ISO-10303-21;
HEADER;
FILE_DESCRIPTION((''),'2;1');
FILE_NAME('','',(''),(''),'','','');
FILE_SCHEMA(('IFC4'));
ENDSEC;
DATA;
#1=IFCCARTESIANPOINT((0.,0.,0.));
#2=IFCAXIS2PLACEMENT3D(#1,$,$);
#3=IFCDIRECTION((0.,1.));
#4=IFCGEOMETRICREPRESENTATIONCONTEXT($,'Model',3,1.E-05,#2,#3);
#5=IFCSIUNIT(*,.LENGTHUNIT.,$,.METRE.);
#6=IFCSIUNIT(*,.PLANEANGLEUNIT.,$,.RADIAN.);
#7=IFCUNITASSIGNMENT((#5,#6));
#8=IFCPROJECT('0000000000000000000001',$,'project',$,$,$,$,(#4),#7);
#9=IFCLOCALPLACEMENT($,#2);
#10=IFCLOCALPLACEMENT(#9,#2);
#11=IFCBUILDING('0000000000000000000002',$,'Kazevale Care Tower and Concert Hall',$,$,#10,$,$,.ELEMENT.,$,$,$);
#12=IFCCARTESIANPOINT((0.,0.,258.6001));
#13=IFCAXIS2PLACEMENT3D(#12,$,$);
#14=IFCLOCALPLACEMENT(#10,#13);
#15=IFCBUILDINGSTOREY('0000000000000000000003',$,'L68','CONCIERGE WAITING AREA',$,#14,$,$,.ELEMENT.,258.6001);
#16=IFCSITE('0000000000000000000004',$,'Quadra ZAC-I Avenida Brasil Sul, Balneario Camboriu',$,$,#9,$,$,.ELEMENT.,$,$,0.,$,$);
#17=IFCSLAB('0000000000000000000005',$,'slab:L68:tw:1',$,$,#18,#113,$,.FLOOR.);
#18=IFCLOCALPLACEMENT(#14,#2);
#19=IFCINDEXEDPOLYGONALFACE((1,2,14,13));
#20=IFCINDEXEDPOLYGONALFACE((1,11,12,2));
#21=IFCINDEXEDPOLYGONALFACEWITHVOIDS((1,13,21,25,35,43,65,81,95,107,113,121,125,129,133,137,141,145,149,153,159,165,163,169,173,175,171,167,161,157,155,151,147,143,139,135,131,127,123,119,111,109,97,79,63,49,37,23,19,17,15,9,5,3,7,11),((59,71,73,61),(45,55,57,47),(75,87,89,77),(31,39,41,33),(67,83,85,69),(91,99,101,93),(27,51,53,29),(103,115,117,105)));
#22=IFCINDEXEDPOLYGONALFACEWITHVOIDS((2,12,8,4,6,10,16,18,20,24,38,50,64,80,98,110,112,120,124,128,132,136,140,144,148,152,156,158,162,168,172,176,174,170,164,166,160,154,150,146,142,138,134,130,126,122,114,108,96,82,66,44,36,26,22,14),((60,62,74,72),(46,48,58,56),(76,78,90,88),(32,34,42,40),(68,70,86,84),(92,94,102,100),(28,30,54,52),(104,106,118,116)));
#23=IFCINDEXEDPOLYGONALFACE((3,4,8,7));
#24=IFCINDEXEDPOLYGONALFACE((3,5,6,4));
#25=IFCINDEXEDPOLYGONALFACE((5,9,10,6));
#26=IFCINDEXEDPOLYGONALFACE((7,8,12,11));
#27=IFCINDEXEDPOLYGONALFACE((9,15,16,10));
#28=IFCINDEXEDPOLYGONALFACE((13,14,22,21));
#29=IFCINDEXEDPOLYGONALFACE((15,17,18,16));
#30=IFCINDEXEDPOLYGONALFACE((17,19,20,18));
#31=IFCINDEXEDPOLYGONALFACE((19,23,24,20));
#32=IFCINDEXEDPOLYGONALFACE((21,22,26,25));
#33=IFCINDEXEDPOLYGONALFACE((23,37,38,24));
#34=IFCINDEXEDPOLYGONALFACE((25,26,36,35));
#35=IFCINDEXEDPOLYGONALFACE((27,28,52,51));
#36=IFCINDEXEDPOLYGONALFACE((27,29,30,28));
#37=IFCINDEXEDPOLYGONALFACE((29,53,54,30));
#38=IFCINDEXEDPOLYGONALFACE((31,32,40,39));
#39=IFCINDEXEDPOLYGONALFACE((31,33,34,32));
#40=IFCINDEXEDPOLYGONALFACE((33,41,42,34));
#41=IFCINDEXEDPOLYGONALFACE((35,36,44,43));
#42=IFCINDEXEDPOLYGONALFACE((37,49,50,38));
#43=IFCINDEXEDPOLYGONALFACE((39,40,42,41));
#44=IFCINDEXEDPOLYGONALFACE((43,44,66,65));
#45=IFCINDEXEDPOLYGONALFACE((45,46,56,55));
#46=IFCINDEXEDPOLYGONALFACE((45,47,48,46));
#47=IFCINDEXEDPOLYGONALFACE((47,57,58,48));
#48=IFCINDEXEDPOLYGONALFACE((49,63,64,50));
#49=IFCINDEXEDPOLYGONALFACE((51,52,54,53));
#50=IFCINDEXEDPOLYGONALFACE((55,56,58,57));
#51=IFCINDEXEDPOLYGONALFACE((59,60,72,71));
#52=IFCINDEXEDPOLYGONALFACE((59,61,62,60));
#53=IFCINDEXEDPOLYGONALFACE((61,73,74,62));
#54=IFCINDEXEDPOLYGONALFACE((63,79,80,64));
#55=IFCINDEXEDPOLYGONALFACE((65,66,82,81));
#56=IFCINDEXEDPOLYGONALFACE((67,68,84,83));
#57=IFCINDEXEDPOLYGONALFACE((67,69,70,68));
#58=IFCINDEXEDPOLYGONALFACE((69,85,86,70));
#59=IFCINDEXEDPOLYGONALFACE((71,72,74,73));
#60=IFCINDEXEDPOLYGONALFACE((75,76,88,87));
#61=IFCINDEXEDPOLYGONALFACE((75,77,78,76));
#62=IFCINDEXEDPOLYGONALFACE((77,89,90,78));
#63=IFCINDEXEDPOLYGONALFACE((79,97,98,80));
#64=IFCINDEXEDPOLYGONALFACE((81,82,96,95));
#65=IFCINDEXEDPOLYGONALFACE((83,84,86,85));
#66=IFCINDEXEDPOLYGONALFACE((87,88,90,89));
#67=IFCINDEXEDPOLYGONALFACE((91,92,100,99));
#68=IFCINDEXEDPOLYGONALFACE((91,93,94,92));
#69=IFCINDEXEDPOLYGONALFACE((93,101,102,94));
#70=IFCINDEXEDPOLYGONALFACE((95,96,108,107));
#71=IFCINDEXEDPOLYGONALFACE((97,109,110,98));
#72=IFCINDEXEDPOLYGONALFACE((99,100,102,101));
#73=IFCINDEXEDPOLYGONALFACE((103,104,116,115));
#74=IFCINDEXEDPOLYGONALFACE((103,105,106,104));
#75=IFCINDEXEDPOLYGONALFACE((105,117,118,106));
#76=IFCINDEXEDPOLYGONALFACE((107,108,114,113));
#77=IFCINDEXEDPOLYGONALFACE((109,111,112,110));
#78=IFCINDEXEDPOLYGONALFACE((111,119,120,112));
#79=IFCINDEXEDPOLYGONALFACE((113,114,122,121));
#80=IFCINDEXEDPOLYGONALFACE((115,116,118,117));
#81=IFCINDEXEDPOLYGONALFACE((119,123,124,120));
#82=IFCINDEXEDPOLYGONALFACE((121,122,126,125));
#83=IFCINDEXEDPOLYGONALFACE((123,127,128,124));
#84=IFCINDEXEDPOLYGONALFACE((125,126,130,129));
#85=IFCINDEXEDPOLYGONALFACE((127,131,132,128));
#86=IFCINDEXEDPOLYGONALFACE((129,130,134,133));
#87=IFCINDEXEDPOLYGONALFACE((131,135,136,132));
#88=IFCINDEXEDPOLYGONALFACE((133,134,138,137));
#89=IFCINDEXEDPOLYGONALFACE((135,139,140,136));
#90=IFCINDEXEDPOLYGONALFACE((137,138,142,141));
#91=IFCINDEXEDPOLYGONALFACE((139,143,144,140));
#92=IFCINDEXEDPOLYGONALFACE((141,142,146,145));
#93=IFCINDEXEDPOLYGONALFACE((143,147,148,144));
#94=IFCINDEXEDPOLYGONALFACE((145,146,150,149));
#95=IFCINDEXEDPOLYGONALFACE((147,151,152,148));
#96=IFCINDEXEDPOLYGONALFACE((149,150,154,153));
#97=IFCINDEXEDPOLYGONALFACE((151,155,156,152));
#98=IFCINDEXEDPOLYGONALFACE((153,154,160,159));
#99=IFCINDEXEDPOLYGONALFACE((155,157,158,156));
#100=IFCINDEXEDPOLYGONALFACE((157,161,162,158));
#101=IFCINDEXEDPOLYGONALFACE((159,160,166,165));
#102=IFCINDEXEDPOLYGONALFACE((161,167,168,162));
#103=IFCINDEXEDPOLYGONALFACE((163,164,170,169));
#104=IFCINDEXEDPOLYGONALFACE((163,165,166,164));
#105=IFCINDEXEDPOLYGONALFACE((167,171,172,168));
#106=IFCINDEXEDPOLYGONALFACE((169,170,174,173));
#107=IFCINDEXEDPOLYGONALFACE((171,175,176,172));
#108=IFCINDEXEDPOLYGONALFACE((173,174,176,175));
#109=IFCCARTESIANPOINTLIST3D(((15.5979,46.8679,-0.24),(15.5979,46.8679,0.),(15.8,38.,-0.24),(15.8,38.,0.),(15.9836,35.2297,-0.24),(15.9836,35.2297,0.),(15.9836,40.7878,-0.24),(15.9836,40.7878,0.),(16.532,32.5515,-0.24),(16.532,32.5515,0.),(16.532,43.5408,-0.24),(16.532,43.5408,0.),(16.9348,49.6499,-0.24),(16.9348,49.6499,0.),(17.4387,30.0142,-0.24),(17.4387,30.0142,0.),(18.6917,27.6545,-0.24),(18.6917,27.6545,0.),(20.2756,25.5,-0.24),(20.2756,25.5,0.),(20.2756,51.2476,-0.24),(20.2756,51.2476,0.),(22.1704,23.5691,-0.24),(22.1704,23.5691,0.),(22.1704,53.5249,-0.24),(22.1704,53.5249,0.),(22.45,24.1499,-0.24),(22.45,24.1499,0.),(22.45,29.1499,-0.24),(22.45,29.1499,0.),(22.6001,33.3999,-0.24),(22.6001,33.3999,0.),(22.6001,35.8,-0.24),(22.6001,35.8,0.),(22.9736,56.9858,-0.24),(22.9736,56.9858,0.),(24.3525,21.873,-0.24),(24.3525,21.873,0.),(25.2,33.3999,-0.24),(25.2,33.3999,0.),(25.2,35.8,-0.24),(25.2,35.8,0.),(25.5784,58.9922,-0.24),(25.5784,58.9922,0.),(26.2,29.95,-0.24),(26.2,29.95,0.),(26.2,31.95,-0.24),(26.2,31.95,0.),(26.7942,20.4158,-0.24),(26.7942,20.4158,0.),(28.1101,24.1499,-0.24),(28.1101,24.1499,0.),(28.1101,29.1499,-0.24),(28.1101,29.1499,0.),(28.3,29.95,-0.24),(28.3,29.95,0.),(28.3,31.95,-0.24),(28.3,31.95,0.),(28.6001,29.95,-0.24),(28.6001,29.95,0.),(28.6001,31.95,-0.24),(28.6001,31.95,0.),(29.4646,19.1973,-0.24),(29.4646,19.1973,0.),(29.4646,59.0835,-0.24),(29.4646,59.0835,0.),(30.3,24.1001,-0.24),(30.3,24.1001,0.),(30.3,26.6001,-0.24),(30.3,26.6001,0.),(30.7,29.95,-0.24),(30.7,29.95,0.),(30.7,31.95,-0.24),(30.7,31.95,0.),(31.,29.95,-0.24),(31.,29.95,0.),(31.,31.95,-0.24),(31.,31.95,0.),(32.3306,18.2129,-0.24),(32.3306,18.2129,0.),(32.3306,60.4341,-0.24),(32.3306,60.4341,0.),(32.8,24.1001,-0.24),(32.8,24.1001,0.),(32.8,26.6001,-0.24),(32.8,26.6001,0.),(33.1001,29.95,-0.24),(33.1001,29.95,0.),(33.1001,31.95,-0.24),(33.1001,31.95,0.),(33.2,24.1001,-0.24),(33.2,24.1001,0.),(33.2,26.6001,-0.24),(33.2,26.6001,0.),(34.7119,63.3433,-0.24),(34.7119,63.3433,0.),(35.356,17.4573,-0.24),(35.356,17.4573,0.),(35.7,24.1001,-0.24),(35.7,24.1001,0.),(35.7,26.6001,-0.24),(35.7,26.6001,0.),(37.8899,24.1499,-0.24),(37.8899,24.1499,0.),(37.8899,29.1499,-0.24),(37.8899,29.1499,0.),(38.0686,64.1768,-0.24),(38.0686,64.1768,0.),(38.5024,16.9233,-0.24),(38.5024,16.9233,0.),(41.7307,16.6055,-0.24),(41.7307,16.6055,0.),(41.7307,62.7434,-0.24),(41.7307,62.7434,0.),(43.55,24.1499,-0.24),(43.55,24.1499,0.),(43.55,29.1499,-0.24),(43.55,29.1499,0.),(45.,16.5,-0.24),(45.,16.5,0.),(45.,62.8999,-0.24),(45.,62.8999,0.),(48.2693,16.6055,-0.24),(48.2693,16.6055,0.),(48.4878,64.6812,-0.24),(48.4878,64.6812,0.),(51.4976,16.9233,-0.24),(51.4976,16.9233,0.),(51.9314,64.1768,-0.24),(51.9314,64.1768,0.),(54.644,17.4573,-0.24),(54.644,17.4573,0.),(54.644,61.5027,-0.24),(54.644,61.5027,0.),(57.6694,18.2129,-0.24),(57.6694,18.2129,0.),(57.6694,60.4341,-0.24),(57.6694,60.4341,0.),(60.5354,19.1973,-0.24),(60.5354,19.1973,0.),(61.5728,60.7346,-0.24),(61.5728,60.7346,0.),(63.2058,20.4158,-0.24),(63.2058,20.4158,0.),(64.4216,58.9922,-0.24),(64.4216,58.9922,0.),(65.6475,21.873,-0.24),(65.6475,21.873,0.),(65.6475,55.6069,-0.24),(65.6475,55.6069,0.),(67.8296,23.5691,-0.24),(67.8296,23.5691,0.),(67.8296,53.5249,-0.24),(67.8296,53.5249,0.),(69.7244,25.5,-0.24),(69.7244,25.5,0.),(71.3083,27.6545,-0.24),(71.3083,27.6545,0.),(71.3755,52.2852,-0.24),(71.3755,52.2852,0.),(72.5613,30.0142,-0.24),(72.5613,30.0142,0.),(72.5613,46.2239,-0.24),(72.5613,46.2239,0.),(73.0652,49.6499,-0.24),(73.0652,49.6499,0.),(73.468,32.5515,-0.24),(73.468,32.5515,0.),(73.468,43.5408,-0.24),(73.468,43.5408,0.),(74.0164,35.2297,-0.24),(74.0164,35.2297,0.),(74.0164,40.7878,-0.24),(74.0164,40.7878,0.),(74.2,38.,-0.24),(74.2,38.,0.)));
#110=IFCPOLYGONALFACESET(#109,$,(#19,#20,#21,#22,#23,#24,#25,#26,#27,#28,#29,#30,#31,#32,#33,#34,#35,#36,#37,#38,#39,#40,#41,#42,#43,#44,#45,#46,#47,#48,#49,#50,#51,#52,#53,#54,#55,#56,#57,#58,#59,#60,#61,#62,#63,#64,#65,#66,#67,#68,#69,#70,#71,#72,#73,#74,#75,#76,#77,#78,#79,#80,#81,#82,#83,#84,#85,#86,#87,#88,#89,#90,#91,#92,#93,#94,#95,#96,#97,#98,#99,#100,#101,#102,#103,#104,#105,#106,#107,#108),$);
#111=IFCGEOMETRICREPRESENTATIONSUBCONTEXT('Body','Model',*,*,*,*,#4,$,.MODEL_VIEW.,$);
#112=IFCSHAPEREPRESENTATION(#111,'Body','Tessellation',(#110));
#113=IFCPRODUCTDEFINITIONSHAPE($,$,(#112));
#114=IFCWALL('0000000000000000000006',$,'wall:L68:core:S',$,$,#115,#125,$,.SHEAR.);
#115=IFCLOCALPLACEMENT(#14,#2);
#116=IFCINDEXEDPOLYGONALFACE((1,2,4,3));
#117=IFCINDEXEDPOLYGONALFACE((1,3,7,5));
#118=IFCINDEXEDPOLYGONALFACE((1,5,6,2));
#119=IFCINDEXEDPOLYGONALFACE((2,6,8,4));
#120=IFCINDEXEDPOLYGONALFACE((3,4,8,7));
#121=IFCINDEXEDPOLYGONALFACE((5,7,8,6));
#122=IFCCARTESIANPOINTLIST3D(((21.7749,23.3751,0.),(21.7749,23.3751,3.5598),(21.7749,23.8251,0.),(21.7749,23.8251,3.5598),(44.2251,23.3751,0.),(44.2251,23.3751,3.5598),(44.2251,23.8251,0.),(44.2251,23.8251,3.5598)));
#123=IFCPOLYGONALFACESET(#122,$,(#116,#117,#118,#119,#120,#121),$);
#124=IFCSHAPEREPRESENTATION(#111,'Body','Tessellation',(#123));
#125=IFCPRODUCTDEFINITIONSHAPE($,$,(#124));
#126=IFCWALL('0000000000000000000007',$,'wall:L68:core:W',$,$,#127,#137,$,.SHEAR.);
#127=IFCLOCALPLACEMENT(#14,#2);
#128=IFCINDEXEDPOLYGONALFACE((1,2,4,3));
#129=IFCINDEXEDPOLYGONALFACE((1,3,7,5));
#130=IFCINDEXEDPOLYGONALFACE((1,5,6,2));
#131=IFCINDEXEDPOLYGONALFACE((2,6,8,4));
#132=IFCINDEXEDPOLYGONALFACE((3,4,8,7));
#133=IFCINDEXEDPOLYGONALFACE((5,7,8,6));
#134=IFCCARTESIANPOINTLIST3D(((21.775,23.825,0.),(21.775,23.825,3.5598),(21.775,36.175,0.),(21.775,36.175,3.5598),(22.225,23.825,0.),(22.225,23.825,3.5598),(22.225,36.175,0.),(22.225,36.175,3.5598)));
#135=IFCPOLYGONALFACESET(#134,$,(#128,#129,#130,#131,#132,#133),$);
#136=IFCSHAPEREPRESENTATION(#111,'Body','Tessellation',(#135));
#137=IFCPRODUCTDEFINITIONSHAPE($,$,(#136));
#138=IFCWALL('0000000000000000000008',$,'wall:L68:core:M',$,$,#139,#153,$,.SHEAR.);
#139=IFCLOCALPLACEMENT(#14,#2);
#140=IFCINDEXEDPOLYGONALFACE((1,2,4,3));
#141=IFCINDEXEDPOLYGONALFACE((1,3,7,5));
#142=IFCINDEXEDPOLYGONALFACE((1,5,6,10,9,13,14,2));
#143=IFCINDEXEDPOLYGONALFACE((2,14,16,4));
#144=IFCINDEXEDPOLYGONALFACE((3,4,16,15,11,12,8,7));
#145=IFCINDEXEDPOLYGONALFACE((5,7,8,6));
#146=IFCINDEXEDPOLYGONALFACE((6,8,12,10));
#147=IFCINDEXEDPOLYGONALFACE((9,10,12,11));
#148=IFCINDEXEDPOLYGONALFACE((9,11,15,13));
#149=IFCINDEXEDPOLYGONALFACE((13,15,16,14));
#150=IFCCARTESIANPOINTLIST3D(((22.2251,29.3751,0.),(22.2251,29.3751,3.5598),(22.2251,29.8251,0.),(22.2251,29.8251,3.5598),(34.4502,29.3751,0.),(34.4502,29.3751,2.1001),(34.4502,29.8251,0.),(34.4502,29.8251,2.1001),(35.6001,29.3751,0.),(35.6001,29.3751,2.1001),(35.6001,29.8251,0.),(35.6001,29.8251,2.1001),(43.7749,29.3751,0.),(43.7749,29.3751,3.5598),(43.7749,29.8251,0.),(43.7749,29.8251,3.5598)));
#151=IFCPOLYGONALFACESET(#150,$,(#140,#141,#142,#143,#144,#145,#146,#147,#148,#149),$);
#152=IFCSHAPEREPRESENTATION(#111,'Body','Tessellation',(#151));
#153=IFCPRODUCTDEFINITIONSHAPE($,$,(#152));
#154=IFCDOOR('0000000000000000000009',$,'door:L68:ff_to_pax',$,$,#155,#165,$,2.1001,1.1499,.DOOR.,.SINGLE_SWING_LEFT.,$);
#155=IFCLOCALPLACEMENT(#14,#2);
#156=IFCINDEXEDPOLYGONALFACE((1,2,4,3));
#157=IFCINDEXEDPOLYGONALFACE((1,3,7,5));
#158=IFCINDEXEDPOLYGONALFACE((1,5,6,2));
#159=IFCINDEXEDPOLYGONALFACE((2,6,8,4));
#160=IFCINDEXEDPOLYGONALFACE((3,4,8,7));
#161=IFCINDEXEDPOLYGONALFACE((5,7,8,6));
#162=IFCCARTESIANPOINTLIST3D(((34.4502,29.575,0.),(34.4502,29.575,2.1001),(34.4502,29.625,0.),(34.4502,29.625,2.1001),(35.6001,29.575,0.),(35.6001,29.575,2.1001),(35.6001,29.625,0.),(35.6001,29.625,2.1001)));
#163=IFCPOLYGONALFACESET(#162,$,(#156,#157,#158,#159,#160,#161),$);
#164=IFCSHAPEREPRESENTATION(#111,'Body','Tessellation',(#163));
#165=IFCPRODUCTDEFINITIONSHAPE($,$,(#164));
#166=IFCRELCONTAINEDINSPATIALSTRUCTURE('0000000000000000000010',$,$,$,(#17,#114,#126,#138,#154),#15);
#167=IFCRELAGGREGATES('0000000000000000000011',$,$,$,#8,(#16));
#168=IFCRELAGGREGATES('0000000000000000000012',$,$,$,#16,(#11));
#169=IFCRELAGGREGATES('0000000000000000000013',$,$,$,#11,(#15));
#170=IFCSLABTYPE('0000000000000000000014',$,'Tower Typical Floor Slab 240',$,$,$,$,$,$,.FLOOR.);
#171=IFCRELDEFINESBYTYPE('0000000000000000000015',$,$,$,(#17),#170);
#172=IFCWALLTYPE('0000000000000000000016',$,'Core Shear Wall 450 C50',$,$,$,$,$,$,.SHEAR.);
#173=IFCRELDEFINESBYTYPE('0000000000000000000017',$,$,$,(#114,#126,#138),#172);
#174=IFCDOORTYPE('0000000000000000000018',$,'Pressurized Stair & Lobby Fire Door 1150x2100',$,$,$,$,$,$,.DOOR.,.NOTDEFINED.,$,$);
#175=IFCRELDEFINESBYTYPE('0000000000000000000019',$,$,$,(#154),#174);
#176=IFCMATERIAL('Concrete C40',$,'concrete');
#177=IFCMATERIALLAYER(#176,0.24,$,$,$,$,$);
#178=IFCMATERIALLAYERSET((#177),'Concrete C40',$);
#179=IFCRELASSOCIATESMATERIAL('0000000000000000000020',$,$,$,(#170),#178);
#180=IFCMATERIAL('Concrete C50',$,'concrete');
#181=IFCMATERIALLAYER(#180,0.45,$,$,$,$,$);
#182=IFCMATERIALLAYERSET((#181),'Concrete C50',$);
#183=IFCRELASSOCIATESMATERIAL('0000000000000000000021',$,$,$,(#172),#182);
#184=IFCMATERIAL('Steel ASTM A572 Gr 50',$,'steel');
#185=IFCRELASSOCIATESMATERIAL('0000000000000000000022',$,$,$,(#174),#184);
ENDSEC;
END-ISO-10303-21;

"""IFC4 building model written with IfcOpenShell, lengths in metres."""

from ifc_helpers import new_model, si_unit, direction, frame, frame_2d, origin, place, context, subcontext, project, spatial, polyline, rectangle, outline, extrude, material, layer, layer_set, type_object, element, fill, save


model = new_model("IFC4")

# Units and contexts
model_context = context("Model", 3, precision=1e-05, world=origin(), true_north=direction((0.0, 1.0)))
body_context = subcontext(model_context, "Body", "Model", "MODEL_VIEW")
ifc_project = project(units=[si_unit("LENGTHUNIT", "METRE"), si_unit("PLANEANGLEUNIT", "RADIAN")], contexts=[model_context])

# Site, building, storey
site_placement = place(None, origin())
site = spatial("IfcSite", under=ifc_project, at=site_placement, Name="Quadra ZAC-I Avenida Brasil Sul, Balneario Camboriu", CompositionType="ELEMENT", RefElevation=0.0)
building_placement = place(site_placement, origin())
building = spatial("IfcBuilding", under=site, at=building_placement, Name="Kazevale Care Tower and Concert Hall", CompositionType="ELEMENT")
storey_placement = place(building_placement, frame((0.0, 0.0, 258.6001)))
storey = spatial("IfcBuildingStorey", under=building, at=storey_placement, Name="L68", Description="CONCIERGE WAITING AREA", CompositionType="ELEMENT", Elevation=258.6001)

# Shared definitions
ifc_material_1 = material(Name="Concrete C50", Category="concrete")

# Shared definitions
ifc_material_2 = material(Name="Steel ASTM A572 Gr 50", Category="steel")

# Shared definitions
ifc_material_3 = material(Name="Concrete C40", Category="concrete")

# Slab
ifc_layer_1 = layer(ifc_material_3, 0.24)
ifc_layer_set_1 = layer_set([ifc_layer_1], Name="Concrete C40")
slab_type_1 = type_object("IfcSlabType", Name="Tower Typical Floor Slab 240", PredefinedType="FLOOR", material=ifc_layer_set_1)
slab_1_placement = place(storey_placement, frame((0.0, 0.0, -0.24)))
element("IfcSlab", 1, at=slab_1_placement, inside=storey, type_object=slab_type_1, Name="slab:L68:tw:1", PredefinedType="FLOOR", context=body_context, shape_type="SweptSolid", body=[
    extrude(outline(polyline([(74.2, 38.0), (74.0164, 40.7878), (73.468, 43.5408), (72.5613, 46.2239), (73.0652, 49.6499), (71.3755, 52.2852), (67.8296, 53.5249), (65.6475, 55.6069), (64.4216, 58.9922), (61.5728, 60.7346), (57.6694, 60.4341), (54.644, 61.5027), (51.9314, 64.1768), (48.4878, 64.6812), (45.0, 62.8999), (41.7307, 62.7434), (38.0686, 64.1768), (34.7119, 63.3433), (32.3306, 60.4341), (29.4646, 59.0835), (25.5784, 58.9922), (22.9736, 56.9858), (22.1704, 53.5249), (20.2756, 51.2476), (16.9348, 49.6499), (15.5979, 46.8679), (16.532, 43.5408), (15.9836, 40.7878), (15.8, 38.0), (15.9836, 35.2297), (16.532, 32.5515), (17.4387, 30.0142), (18.6917, 27.6545), (20.2756, 25.5), (22.1704, 23.5691), (24.3525, 21.873), (26.7942, 20.4158), (29.4646, 19.1973), (32.3306, 18.2129), (35.356, 17.4573), (38.5024, 16.9233), (41.7307, 16.6055), (45.0, 16.5), (48.2693, 16.6055), (51.4976, 16.9233), (54.644, 17.4573), (57.6694, 18.2129), (60.5354, 19.1973), (63.2058, 20.4158), (65.6475, 21.873), (67.8296, 23.5691), (69.7244, 25.5), (71.3083, 27.6545), (72.5613, 30.0142), (73.468, 32.5515), (74.0164, 35.2297), (74.2, 38.0)]), holes=[polyline([(22.45, 24.1499), (28.1101, 24.1499), (28.1101, 29.1499), (22.45, 29.1499), (22.45, 24.1499)]), polyline([(37.8899, 24.1499), (43.55, 24.1499), (43.55, 29.1499), (37.8899, 29.1499), (37.8899, 24.1499)]), polyline([(30.3, 24.1001), (32.8, 24.1001), (32.8, 26.6001), (30.3, 26.6001), (30.3, 24.1001)]), polyline([(33.2, 24.1001), (35.7, 24.1001), (35.7, 26.6001), (33.2, 26.6001), (33.2, 24.1001)]), polyline([(22.6001, 33.3999), (25.2, 33.3999), (25.2, 35.8), (22.6001, 35.8), (22.6001, 33.3999)]), polyline([(26.2, 29.95), (28.3, 29.95), (28.3, 31.95), (26.2, 31.95), (26.2, 29.95)]), polyline([(28.6001, 29.95), (30.7, 29.95), (30.7, 31.95), (28.6001, 31.95), (28.6001, 29.95)]), polyline([(31.0, 29.95), (33.1001, 29.95), (33.1001, 31.95), (31.0, 31.95), (31.0, 29.95)])]), origin(), (0.0, 0.0, 1.0), 0.24),
])

# Walls
ifc_layer_2 = layer(ifc_material_1, 0.45)
ifc_layer_set_2 = layer_set([ifc_layer_2], Name="Concrete C50")
wall_type_1 = type_object("IfcWallType", Name="Core Shear Wall 450 C50", PredefinedType="SHEAR", material=ifc_layer_set_2)
wall_1_placement = place(storey_placement, frame((21.7749, 23.6001, 0.0), z_axis=(0.0, 0.0, 1.0), x_axis=(1.0, 0.0, 0.0)))
element("IfcWall", 2, at=wall_1_placement, inside=storey, type_object=wall_type_1, Name="wall:L68:core:S", PredefinedType="SHEAR", context=body_context, shape_type="SweptSolid", body=[
    extrude(rectangle(XDim=22.4502, YDim=0.45, at=frame_2d((11.2251, 0.0))), origin(), (0.0, 0.0, 1.0), 3.5598),
])
wall_2_placement = place(storey_placement, frame((22.0, 23.825, 0.0), z_axis=(0.0, 0.0, 1.0), x_axis=(0.0, 1.0, 0.0)))
element("IfcWall", 3, at=wall_2_placement, inside=storey, type_object=wall_type_1, Name="wall:L68:core:W", PredefinedType="SHEAR", context=body_context, shape_type="SweptSolid", body=[
    extrude(rectangle(XDim=12.3501, YDim=0.45, at=frame_2d((6.175, 0.0))), origin(), (0.0, 0.0, 1.0), 3.5598),
])

# Wall, opening, door
wall_3_placement = place(storey_placement, frame((22.2251, 29.6001, 0.0), z_axis=(0.0, 0.0, 1.0), x_axis=(1.0, 0.0, 0.0)))
wall_3 = element("IfcWall", 4, at=wall_3_placement, inside=storey, type_object=wall_type_1, Name="wall:L68:core:M", PredefinedType="SHEAR", context=body_context, shape_type="SweptSolid", body=[
    extrude(rectangle(XDim=21.5498, YDim=0.45, at=frame_2d((10.7749, 0.0))), origin(), (0.0, 0.0, 1.0), 3.5598),
])
opening_1_placement = place(wall_3_placement, frame((12.2251, 0.0, 0.0)))
opening_1 = element("IfcOpeningElement", 5, at=opening_1_placement, cuts=wall_3, PredefinedType="OPENING", context=body_context, shape_type="SweptSolid", body=[
    extrude(rectangle(XDim=1.1499, YDim=2.1001, at=frame_2d((0.575, 1.05))), frame((0.0, 0.2349, 0.0), z_axis=(0.0, -1.0, 0.0), x_axis=(1.0, 0.0, 0.0)), (0.0, 0.0, 1.0), 0.47),
])
door_type_1 = type_object("IfcDoorType", Name="Pressurized Stair & Lobby Fire Door 1150x2100", OperationType="NOTDEFINED", PredefinedType="DOOR", material=ifc_material_2)
door_1_placement = place(opening_1_placement, origin())
door_1 = element("IfcDoor", 6, at=door_1_placement, inside=storey, type_object=door_type_1, Name="door:L68:ff_to_pax", OperationType="SINGLE_SWING_LEFT", OverallHeight=2.1001, OverallWidth=1.1499, PredefinedType="DOOR", context=body_context, shape_type="SweptSolid", body=[
    extrude(rectangle(XDim=1.1499, YDim=2.1001, at=frame_2d((0.575, 1.05))), frame((0.0, 0.0249, 0.0), z_axis=(0.0, -1.0, 0.0), x_axis=(1.0, 0.0, 0.0)), (0.0, 0.0, 1.0), 0.05),
])
fill(opening_1, door_1)

save(model, "model.ifc")
